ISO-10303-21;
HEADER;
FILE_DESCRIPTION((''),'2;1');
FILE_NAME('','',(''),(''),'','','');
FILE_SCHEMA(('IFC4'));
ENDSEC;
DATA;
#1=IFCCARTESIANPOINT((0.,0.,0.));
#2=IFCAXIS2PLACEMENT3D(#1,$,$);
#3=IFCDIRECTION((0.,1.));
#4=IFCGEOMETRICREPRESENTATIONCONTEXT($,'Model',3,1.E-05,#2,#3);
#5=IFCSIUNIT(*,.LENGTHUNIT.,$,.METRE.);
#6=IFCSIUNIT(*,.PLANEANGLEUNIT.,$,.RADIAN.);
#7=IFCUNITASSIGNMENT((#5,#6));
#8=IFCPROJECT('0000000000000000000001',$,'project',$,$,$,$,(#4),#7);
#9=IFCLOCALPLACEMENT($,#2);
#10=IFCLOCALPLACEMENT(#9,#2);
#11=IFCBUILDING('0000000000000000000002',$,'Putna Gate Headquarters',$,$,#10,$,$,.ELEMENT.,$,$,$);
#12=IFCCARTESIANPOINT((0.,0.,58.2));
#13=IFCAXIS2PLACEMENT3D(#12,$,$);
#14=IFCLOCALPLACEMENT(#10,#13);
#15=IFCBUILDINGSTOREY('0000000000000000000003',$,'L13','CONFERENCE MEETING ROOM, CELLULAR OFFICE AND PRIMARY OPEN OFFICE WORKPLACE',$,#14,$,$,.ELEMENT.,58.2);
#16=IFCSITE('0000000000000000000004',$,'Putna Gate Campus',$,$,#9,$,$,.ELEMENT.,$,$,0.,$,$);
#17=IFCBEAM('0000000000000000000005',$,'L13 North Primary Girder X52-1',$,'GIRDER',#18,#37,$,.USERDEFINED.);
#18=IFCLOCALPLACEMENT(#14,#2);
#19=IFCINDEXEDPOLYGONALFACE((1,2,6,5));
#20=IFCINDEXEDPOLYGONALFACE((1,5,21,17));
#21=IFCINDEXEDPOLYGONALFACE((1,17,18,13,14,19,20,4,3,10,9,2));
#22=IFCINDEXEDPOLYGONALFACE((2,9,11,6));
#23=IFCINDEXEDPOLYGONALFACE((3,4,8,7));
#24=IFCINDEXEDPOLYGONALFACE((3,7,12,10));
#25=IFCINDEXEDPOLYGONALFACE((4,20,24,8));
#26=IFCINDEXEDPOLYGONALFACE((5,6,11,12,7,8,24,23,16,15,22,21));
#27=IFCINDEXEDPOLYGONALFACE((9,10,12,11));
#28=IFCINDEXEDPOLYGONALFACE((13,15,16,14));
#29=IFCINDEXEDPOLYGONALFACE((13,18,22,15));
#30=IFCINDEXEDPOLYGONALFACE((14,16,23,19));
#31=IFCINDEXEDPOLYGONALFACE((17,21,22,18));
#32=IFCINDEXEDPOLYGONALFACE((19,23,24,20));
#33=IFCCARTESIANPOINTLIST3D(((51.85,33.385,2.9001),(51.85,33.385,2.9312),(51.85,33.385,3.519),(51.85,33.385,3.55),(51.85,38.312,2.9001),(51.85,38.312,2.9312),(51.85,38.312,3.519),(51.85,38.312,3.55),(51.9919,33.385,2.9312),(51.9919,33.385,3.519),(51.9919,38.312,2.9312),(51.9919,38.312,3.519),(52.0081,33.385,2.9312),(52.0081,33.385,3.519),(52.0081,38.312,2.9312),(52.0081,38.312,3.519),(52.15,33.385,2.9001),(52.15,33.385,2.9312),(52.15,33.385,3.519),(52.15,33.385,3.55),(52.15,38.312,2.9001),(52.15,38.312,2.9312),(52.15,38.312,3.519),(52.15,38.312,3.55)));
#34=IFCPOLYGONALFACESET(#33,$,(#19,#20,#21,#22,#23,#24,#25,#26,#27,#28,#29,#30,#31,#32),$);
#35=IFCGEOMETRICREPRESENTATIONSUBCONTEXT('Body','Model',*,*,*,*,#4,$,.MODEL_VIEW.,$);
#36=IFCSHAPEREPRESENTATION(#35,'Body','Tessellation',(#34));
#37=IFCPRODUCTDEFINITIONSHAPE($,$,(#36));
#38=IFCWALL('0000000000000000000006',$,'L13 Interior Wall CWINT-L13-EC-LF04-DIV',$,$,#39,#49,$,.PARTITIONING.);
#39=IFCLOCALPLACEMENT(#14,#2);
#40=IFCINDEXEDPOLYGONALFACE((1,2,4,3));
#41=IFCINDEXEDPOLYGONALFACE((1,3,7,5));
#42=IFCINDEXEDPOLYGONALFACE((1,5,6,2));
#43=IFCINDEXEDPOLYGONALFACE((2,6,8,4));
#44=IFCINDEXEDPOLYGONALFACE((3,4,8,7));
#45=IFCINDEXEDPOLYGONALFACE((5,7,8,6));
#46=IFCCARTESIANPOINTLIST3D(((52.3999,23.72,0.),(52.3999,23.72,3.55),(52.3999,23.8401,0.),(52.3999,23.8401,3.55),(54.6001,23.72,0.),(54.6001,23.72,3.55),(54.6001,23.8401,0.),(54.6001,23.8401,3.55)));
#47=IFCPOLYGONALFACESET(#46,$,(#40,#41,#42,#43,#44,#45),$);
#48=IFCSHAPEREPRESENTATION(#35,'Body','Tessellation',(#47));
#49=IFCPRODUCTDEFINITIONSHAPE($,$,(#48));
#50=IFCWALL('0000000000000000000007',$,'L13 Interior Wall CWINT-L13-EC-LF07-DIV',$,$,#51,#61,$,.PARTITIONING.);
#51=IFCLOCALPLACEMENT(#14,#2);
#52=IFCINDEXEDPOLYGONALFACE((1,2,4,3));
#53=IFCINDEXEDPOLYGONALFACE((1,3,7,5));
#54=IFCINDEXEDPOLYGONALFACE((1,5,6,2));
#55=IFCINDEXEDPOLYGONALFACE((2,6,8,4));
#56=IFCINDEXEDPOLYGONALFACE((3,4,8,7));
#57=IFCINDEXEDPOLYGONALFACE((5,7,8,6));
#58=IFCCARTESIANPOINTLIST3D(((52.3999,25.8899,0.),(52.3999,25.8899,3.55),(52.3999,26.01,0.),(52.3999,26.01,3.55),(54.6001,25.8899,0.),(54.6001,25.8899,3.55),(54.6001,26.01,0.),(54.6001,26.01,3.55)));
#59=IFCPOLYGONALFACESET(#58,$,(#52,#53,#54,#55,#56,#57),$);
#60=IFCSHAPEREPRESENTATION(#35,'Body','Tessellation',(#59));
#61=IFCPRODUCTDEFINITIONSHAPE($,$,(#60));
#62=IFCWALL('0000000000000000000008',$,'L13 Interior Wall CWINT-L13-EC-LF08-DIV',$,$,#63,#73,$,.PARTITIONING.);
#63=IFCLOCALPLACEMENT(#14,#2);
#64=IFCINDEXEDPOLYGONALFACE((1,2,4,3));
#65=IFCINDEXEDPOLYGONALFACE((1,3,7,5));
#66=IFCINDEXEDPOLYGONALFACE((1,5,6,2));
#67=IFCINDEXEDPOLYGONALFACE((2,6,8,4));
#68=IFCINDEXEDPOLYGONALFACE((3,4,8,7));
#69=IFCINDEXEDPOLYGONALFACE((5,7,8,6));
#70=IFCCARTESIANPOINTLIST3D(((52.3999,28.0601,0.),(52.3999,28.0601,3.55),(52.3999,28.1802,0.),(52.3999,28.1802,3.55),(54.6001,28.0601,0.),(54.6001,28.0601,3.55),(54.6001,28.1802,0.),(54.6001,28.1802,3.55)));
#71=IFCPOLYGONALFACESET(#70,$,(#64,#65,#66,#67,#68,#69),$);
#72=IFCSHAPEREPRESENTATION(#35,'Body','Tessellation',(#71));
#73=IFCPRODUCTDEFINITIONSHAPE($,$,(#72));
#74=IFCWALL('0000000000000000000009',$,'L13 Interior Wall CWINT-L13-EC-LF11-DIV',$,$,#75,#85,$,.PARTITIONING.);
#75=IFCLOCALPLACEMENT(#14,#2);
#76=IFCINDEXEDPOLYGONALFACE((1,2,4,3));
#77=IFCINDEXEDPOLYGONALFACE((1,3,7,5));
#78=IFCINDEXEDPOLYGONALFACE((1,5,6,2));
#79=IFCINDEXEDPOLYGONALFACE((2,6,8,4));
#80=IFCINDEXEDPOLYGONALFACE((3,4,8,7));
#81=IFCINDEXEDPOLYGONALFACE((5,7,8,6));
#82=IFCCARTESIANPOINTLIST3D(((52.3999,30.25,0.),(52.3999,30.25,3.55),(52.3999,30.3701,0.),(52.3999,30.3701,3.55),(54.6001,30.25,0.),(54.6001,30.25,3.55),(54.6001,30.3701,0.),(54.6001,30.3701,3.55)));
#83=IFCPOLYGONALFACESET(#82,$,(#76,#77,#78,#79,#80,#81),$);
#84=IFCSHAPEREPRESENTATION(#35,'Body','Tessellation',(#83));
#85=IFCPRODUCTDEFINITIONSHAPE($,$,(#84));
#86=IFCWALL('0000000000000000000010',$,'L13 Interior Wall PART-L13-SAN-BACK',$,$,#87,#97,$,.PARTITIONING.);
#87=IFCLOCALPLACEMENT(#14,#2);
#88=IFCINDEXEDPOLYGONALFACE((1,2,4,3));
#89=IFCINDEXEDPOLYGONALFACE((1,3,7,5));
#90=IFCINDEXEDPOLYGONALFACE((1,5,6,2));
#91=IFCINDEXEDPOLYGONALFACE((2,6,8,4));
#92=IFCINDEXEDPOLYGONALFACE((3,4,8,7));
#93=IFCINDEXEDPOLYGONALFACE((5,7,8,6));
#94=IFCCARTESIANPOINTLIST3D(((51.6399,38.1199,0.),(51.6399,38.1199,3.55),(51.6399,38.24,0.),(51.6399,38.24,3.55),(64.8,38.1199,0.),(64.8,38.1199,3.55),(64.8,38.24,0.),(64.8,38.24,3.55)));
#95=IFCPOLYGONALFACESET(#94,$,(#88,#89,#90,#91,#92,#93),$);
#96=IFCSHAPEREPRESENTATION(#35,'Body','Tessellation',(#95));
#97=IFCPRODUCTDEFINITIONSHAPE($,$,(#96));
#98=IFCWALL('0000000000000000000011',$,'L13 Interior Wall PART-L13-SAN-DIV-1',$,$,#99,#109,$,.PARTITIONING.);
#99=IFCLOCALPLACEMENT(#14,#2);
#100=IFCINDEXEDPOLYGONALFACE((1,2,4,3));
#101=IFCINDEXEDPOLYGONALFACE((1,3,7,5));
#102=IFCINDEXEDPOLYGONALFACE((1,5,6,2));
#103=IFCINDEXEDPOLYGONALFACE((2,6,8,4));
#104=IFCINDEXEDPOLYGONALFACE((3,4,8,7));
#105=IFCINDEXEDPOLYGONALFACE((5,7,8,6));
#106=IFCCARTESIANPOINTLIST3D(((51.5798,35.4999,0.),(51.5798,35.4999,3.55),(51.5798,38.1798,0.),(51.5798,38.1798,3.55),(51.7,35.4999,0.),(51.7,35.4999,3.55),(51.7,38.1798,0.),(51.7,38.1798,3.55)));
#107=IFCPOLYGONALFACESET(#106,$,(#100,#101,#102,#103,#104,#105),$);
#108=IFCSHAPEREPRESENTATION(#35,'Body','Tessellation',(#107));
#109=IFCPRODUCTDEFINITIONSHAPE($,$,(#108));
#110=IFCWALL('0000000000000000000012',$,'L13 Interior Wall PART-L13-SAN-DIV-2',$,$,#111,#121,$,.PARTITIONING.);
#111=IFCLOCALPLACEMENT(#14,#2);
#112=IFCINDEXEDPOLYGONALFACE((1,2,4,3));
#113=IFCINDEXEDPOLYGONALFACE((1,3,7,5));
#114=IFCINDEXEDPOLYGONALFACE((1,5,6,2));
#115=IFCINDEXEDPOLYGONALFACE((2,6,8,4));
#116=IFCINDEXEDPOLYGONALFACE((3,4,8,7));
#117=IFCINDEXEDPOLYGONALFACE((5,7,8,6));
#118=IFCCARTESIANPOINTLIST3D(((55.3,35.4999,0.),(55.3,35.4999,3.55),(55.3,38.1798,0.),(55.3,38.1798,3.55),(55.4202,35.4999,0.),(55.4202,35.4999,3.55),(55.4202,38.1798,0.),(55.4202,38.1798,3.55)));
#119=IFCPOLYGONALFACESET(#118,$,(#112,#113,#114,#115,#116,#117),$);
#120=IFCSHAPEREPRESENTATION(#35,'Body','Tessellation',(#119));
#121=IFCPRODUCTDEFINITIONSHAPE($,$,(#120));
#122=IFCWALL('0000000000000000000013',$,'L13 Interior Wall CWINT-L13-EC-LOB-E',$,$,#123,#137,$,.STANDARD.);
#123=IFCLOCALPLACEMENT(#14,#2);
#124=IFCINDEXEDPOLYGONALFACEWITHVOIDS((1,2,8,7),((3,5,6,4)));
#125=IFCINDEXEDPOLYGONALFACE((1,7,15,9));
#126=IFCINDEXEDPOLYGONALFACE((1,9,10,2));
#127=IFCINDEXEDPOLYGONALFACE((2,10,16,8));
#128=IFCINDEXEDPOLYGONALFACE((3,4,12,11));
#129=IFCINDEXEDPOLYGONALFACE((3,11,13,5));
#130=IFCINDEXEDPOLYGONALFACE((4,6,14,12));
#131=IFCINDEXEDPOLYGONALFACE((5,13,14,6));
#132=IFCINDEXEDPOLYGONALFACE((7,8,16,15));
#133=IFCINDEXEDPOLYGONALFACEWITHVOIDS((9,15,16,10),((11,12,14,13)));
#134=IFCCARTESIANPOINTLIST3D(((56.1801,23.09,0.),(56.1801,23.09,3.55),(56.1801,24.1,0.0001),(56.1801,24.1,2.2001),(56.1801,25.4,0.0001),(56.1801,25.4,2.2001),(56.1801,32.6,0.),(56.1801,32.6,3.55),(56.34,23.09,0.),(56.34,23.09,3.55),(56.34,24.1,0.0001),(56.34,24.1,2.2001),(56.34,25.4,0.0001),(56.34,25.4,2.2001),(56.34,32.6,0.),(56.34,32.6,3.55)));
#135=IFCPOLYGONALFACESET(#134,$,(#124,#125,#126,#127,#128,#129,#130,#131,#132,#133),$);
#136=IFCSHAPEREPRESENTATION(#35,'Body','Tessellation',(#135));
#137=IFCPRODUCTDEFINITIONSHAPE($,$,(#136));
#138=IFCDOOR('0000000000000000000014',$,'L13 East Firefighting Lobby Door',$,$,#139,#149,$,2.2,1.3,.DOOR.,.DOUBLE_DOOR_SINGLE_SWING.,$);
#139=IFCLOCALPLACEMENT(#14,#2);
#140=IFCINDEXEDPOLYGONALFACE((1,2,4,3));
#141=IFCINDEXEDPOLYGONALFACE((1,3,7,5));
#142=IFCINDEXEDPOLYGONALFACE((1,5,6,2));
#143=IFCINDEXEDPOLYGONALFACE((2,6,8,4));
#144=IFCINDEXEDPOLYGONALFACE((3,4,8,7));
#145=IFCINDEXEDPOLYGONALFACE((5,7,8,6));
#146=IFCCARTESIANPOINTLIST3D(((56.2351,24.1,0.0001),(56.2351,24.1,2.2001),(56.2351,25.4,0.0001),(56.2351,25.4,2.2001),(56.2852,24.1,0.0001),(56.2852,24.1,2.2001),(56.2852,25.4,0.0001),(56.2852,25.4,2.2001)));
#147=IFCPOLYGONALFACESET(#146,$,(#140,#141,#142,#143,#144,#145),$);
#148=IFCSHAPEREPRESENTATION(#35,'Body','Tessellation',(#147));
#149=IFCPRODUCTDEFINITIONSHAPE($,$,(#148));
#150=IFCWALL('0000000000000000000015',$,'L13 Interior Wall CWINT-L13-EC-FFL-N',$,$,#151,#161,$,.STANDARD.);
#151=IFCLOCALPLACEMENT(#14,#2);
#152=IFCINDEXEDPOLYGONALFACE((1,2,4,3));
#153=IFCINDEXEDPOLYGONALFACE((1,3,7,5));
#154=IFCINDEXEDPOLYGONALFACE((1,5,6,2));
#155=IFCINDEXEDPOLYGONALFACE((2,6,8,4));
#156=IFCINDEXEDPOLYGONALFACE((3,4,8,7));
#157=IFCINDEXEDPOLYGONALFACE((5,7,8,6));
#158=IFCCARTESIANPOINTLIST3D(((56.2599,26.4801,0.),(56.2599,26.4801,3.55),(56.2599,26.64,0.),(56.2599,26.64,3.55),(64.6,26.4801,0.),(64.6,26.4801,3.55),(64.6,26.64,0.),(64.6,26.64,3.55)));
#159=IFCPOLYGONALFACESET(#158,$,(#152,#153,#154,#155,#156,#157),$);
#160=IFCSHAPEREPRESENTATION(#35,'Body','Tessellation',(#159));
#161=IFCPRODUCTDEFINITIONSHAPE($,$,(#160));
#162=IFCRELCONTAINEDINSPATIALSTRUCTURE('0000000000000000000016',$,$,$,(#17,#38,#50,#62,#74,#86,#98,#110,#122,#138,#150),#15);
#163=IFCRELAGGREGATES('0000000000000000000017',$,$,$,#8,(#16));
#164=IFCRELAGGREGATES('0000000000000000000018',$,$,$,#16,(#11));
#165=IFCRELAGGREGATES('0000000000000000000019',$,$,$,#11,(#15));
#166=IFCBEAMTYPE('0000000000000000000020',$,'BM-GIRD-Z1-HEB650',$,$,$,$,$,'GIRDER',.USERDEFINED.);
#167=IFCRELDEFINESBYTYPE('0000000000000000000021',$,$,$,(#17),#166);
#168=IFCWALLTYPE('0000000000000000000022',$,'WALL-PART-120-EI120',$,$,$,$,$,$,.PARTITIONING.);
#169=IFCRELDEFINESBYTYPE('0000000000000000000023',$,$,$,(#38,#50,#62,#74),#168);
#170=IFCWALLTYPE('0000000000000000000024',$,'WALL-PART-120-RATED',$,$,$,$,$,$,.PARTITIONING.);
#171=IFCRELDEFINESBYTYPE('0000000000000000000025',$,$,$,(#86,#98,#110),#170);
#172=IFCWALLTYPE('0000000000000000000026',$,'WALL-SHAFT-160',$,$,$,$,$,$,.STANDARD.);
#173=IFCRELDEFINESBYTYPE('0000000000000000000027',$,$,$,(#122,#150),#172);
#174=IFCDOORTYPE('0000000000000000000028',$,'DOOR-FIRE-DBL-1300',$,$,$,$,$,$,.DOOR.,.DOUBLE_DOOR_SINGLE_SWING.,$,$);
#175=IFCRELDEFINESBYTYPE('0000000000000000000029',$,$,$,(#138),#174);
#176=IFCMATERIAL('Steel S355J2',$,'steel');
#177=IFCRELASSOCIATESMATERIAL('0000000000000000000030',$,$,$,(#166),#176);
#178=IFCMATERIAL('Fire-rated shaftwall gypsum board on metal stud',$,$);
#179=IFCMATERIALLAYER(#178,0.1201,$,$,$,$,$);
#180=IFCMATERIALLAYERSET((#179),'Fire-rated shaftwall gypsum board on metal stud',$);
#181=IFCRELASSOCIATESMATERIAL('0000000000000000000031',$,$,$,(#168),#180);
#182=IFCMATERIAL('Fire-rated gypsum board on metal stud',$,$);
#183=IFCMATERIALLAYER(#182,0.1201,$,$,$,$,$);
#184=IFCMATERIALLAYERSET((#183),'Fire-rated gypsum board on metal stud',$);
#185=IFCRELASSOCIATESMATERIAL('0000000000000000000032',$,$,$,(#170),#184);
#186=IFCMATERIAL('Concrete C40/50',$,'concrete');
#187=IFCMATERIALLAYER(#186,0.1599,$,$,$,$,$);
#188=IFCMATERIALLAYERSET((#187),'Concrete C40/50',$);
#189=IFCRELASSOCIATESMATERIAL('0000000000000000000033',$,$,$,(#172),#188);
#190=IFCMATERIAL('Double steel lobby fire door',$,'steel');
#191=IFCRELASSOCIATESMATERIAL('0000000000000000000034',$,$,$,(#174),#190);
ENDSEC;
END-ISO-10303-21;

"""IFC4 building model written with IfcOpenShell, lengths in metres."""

from ifc_helpers import new_model, si_unit, direction, frame, frame_2d, origin, origin_2d, place, context, subcontext, project, spatial, rectangle, i_section, extrude, material, layer, layer_set, material_profile, profile_set, type_object, element, fill, save


model = new_model("IFC4")

# Units and contexts
model_context = context("Model", 3, precision=1e-05, world=origin(), true_north=direction((0.0, 1.0)))
body_context = subcontext(model_context, "Body", "Model", "MODEL_VIEW")
ifc_project = project(units=[si_unit("LENGTHUNIT", "METRE"), si_unit("PLANEANGLEUNIT", "RADIAN")], contexts=[model_context])

# Site, building, storey
site_placement = place(None, origin())
site = spatial("IfcSite", under=ifc_project, at=site_placement, Name="Putna Gate Campus", CompositionType="ELEMENT", RefElevation=0.0)
building_placement = place(site_placement, origin())
building = spatial("IfcBuilding", under=site, at=building_placement, Name="Putna Gate Headquarters", CompositionType="ELEMENT")
storey_placement = place(building_placement, frame((0.0, 0.0, 58.2)))
storey = spatial("IfcBuildingStorey", under=building, at=storey_placement, Name="L13", Description="CONFERENCE MEETING ROOM, CELLULAR OFFICE AND PRIMARY OPEN OFFICE WORKPLACE", CompositionType="ELEMENT", Elevation=58.2)

# Beam
ifc_material_1 = material(Name="Steel S355J2", Category="steel")
ifc_material_profile = material_profile(ifc_material_1, i_section(OverallWidth=0.3, OverallDepth=0.6499, WebThickness=0.0161, FlangeThickness=0.031, at=origin_2d()), Name="Steel S355J2")
ifc_profile_set = profile_set([ifc_material_profile], Name="Steel S355J2")
beam_type = type_object("IfcBeamType", Name="BM-GIRD-Z1-HEB650", ElementType="GIRDER", PredefinedType="USERDEFINED", material=ifc_profile_set)
beam_placement = place(storey_placement, frame((52.0, 33.385, 3.2251), z_axis=(0.0, 1.0, 0.0), x_axis=(-1.0, 0.0, 0.0)))
element("IfcBeam", 1, at=beam_placement, inside=storey, type_object=beam_type, Name="L13 North Primary Girder X52-1", ObjectType="GIRDER", PredefinedType="USERDEFINED", context=body_context, shape_type="SweptSolid", body=[
    extrude(i_section(OverallWidth=0.3, OverallDepth=0.6499, WebThickness=0.0161, FlangeThickness=0.031, at=origin_2d()), origin(), (0.0, 0.0, 1.0), 4.927),
])

# Walls
ifc_material_2 = material(Name="Fire-rated shaftwall gypsum board on metal stud")
ifc_layer_1 = layer(ifc_material_2, 0.1201)
ifc_layer_set_1 = layer_set([ifc_layer_1], Name="Fire-rated shaftwall gypsum board on metal stud")
wall_type_1 = type_object("IfcWallType", Name="WALL-PART-120-EI120", PredefinedType="PARTITIONING", material=ifc_layer_set_1)
for number, where, z_axis, x_axis, name in (
    (2, (52.3999, 23.78, 0.0), (0.0, 0.0, 1.0), (1.0, 0.0, 0.0), "L13 Interior Wall CWINT-L13-EC-LF04-DIV"),
    (3, (52.3999, 25.95, 0.0), (0.0, 0.0, 1.0), (1.0, 0.0, 0.0), "L13 Interior Wall CWINT-L13-EC-LF07-DIV"),
    (4, (52.3999, 28.1201, 0.0), (0.0, 0.0, 1.0), (1.0, 0.0, 0.0), "L13 Interior Wall CWINT-L13-EC-LF08-DIV"),
    (5, (52.3999, 30.3101, 0.0), (0.0, 0.0, 1.0), (1.0, 0.0, 0.0), "L13 Interior Wall CWINT-L13-EC-LF11-DIV"),
):
    element("IfcWall", number, at=place(storey_placement, frame(where, z_axis=z_axis, x_axis=x_axis)), inside=storey, type_object=wall_type_1, Name=name, PredefinedType="PARTITIONING", context=body_context, shape_type="SweptSolid", body=[
        extrude(rectangle(XDim=2.2002, YDim=0.1201, at=frame_2d((1.1001, 0.0))), origin(), (0.0, 0.0, 1.0), 3.55),
    ])

# Shared definitions
ifc_material_3 = material(Name="Fire-rated gypsum board on metal stud")
ifc_layer_2 = layer(ifc_material_3, 0.1201)
ifc_layer_set_2 = layer_set([ifc_layer_2], Name="Fire-rated gypsum board on metal stud")
wall_type_2 = type_object("IfcWallType", Name="WALL-PART-120-RATED", PredefinedType="PARTITIONING", material=ifc_layer_set_2)

# Walls
wall_1_placement = place(storey_placement, frame((51.6399, 38.1799, 0.0), z_axis=(0.0, 0.0, 1.0), x_axis=(1.0, 0.0, 0.0)))
element("IfcWall", 6, at=wall_1_placement, inside=storey, type_object=wall_type_2, Name="L13 Interior Wall PART-L13-SAN-BACK", PredefinedType="PARTITIONING", context=body_context, shape_type="SweptSolid", body=[
    extrude(rectangle(XDim=13.1602, YDim=0.1201, at=frame_2d((6.5801, 0.0))), origin(), (0.0, 0.0, 1.0), 3.55),
])
for number, where, z_axis, x_axis, name in (
    (7, (51.6399, 35.5, 0.0), (0.0, 0.0, 1.0), (0.0, 1.0, 0.0), "L13 Interior Wall PART-L13-SAN-DIV-1"),
    (8, (55.3601, 35.5, 0.0), (0.0, 0.0, 1.0), (0.0, 1.0, 0.0), "L13 Interior Wall PART-L13-SAN-DIV-2"),
):
    element("IfcWall", number, at=place(storey_placement, frame(where, z_axis=z_axis, x_axis=x_axis)), inside=storey, type_object=wall_type_2, Name=name, PredefinedType="PARTITIONING", context=body_context, shape_type="SweptSolid", body=[
        extrude(rectangle(XDim=2.6799, YDim=0.1201, at=frame_2d((1.3398, 0.0))), origin(), (0.0, 0.0, 1.0), 3.55),
    ])

# Wall, opening, door
ifc_material_4 = material(Name="Concrete C40/50", Category="concrete")
ifc_layer_3 = layer(ifc_material_4, 0.1599)
ifc_layer_set_3 = layer_set([ifc_layer_3], Name="Concrete C40/50")
wall_type_3 = type_object("IfcWallType", Name="WALL-SHAFT-160", PredefinedType="STANDARD", material=ifc_layer_set_3)
wall_2_placement = place(storey_placement, frame((56.26, 23.0901, 0.0), z_axis=(0.0, 0.0, 1.0), x_axis=(0.0, 1.0, 0.0)))
wall_2 = element("IfcWall", 9, at=wall_2_placement, inside=storey, type_object=wall_type_3, Name="L13 Interior Wall CWINT-L13-EC-LOB-E", PredefinedType="STANDARD", context=body_context, shape_type="SweptSolid", body=[
    extrude(rectangle(XDim=9.51, YDim=0.1599, at=frame_2d((4.7549, 0.0))), origin(), (0.0, 0.0, 1.0), 3.55),
])
opening_1_placement = place(wall_2_placement, frame((1.01, 0.0, 0.0)))
opening_1 = element("IfcOpeningElement", 10, at=opening_1_placement, cuts=wall_2, PredefinedType="OPENING", context=body_context, shape_type="SweptSolid", body=[
    extrude(rectangle(XDim=1.3, YDim=2.2, at=frame_2d((0.6499, 1.1001))), frame((0.0, 0.0898, 0.0), z_axis=(0.0, -1.0, 0.0), x_axis=(1.0, 0.0, 0.0)), (0.0, 0.0, 1.0), 0.1799),
])
ifc_material_5 = material(Name="Double steel lobby fire door", Category="steel")
door_type_1 = type_object("IfcDoorType", Name="DOOR-FIRE-DBL-1300", OperationType="DOUBLE_DOOR_SINGLE_SWING", PredefinedType="DOOR", material=ifc_material_5)
door_1_placement = place(opening_1_placement, origin())
door_1 = element("IfcDoor", 11, at=door_1_placement, inside=storey, type_object=door_type_1, Name="L13 East Firefighting Lobby Door", OperationType="DOUBLE_DOOR_SINGLE_SWING", OverallHeight=2.2, OverallWidth=1.3, PredefinedType="DOOR", context=body_context, shape_type="SweptSolid", body=[
    extrude(rectangle(XDim=1.3, YDim=2.2, at=frame_2d((0.6499, 1.1001))), frame((0.0, 0.0249, 0.0), z_axis=(0.0, -1.0, 0.0), x_axis=(1.0, 0.0, 0.0)), (0.0, 0.0, 1.0), 0.05),
])
fill(opening_1, door_1)

# Wall
wall_3_placement = place(storey_placement, frame((56.26, 26.5601, 0.0), z_axis=(0.0, 0.0, 1.0), x_axis=(1.0, 0.0, 0.0)))
element("IfcWall", 12, at=wall_3_placement, inside=storey, type_object=wall_type_3, Name="L13 Interior Wall CWINT-L13-EC-FFL-N", PredefinedType="STANDARD", context=body_context, shape_type="SweptSolid", body=[
    extrude(rectangle(XDim=8.3401, YDim=0.1599, at=frame_2d((4.1699, 0.0))), origin(), (0.0, 0.0, 1.0), 3.55),
])

save(model, "model.ifc")
